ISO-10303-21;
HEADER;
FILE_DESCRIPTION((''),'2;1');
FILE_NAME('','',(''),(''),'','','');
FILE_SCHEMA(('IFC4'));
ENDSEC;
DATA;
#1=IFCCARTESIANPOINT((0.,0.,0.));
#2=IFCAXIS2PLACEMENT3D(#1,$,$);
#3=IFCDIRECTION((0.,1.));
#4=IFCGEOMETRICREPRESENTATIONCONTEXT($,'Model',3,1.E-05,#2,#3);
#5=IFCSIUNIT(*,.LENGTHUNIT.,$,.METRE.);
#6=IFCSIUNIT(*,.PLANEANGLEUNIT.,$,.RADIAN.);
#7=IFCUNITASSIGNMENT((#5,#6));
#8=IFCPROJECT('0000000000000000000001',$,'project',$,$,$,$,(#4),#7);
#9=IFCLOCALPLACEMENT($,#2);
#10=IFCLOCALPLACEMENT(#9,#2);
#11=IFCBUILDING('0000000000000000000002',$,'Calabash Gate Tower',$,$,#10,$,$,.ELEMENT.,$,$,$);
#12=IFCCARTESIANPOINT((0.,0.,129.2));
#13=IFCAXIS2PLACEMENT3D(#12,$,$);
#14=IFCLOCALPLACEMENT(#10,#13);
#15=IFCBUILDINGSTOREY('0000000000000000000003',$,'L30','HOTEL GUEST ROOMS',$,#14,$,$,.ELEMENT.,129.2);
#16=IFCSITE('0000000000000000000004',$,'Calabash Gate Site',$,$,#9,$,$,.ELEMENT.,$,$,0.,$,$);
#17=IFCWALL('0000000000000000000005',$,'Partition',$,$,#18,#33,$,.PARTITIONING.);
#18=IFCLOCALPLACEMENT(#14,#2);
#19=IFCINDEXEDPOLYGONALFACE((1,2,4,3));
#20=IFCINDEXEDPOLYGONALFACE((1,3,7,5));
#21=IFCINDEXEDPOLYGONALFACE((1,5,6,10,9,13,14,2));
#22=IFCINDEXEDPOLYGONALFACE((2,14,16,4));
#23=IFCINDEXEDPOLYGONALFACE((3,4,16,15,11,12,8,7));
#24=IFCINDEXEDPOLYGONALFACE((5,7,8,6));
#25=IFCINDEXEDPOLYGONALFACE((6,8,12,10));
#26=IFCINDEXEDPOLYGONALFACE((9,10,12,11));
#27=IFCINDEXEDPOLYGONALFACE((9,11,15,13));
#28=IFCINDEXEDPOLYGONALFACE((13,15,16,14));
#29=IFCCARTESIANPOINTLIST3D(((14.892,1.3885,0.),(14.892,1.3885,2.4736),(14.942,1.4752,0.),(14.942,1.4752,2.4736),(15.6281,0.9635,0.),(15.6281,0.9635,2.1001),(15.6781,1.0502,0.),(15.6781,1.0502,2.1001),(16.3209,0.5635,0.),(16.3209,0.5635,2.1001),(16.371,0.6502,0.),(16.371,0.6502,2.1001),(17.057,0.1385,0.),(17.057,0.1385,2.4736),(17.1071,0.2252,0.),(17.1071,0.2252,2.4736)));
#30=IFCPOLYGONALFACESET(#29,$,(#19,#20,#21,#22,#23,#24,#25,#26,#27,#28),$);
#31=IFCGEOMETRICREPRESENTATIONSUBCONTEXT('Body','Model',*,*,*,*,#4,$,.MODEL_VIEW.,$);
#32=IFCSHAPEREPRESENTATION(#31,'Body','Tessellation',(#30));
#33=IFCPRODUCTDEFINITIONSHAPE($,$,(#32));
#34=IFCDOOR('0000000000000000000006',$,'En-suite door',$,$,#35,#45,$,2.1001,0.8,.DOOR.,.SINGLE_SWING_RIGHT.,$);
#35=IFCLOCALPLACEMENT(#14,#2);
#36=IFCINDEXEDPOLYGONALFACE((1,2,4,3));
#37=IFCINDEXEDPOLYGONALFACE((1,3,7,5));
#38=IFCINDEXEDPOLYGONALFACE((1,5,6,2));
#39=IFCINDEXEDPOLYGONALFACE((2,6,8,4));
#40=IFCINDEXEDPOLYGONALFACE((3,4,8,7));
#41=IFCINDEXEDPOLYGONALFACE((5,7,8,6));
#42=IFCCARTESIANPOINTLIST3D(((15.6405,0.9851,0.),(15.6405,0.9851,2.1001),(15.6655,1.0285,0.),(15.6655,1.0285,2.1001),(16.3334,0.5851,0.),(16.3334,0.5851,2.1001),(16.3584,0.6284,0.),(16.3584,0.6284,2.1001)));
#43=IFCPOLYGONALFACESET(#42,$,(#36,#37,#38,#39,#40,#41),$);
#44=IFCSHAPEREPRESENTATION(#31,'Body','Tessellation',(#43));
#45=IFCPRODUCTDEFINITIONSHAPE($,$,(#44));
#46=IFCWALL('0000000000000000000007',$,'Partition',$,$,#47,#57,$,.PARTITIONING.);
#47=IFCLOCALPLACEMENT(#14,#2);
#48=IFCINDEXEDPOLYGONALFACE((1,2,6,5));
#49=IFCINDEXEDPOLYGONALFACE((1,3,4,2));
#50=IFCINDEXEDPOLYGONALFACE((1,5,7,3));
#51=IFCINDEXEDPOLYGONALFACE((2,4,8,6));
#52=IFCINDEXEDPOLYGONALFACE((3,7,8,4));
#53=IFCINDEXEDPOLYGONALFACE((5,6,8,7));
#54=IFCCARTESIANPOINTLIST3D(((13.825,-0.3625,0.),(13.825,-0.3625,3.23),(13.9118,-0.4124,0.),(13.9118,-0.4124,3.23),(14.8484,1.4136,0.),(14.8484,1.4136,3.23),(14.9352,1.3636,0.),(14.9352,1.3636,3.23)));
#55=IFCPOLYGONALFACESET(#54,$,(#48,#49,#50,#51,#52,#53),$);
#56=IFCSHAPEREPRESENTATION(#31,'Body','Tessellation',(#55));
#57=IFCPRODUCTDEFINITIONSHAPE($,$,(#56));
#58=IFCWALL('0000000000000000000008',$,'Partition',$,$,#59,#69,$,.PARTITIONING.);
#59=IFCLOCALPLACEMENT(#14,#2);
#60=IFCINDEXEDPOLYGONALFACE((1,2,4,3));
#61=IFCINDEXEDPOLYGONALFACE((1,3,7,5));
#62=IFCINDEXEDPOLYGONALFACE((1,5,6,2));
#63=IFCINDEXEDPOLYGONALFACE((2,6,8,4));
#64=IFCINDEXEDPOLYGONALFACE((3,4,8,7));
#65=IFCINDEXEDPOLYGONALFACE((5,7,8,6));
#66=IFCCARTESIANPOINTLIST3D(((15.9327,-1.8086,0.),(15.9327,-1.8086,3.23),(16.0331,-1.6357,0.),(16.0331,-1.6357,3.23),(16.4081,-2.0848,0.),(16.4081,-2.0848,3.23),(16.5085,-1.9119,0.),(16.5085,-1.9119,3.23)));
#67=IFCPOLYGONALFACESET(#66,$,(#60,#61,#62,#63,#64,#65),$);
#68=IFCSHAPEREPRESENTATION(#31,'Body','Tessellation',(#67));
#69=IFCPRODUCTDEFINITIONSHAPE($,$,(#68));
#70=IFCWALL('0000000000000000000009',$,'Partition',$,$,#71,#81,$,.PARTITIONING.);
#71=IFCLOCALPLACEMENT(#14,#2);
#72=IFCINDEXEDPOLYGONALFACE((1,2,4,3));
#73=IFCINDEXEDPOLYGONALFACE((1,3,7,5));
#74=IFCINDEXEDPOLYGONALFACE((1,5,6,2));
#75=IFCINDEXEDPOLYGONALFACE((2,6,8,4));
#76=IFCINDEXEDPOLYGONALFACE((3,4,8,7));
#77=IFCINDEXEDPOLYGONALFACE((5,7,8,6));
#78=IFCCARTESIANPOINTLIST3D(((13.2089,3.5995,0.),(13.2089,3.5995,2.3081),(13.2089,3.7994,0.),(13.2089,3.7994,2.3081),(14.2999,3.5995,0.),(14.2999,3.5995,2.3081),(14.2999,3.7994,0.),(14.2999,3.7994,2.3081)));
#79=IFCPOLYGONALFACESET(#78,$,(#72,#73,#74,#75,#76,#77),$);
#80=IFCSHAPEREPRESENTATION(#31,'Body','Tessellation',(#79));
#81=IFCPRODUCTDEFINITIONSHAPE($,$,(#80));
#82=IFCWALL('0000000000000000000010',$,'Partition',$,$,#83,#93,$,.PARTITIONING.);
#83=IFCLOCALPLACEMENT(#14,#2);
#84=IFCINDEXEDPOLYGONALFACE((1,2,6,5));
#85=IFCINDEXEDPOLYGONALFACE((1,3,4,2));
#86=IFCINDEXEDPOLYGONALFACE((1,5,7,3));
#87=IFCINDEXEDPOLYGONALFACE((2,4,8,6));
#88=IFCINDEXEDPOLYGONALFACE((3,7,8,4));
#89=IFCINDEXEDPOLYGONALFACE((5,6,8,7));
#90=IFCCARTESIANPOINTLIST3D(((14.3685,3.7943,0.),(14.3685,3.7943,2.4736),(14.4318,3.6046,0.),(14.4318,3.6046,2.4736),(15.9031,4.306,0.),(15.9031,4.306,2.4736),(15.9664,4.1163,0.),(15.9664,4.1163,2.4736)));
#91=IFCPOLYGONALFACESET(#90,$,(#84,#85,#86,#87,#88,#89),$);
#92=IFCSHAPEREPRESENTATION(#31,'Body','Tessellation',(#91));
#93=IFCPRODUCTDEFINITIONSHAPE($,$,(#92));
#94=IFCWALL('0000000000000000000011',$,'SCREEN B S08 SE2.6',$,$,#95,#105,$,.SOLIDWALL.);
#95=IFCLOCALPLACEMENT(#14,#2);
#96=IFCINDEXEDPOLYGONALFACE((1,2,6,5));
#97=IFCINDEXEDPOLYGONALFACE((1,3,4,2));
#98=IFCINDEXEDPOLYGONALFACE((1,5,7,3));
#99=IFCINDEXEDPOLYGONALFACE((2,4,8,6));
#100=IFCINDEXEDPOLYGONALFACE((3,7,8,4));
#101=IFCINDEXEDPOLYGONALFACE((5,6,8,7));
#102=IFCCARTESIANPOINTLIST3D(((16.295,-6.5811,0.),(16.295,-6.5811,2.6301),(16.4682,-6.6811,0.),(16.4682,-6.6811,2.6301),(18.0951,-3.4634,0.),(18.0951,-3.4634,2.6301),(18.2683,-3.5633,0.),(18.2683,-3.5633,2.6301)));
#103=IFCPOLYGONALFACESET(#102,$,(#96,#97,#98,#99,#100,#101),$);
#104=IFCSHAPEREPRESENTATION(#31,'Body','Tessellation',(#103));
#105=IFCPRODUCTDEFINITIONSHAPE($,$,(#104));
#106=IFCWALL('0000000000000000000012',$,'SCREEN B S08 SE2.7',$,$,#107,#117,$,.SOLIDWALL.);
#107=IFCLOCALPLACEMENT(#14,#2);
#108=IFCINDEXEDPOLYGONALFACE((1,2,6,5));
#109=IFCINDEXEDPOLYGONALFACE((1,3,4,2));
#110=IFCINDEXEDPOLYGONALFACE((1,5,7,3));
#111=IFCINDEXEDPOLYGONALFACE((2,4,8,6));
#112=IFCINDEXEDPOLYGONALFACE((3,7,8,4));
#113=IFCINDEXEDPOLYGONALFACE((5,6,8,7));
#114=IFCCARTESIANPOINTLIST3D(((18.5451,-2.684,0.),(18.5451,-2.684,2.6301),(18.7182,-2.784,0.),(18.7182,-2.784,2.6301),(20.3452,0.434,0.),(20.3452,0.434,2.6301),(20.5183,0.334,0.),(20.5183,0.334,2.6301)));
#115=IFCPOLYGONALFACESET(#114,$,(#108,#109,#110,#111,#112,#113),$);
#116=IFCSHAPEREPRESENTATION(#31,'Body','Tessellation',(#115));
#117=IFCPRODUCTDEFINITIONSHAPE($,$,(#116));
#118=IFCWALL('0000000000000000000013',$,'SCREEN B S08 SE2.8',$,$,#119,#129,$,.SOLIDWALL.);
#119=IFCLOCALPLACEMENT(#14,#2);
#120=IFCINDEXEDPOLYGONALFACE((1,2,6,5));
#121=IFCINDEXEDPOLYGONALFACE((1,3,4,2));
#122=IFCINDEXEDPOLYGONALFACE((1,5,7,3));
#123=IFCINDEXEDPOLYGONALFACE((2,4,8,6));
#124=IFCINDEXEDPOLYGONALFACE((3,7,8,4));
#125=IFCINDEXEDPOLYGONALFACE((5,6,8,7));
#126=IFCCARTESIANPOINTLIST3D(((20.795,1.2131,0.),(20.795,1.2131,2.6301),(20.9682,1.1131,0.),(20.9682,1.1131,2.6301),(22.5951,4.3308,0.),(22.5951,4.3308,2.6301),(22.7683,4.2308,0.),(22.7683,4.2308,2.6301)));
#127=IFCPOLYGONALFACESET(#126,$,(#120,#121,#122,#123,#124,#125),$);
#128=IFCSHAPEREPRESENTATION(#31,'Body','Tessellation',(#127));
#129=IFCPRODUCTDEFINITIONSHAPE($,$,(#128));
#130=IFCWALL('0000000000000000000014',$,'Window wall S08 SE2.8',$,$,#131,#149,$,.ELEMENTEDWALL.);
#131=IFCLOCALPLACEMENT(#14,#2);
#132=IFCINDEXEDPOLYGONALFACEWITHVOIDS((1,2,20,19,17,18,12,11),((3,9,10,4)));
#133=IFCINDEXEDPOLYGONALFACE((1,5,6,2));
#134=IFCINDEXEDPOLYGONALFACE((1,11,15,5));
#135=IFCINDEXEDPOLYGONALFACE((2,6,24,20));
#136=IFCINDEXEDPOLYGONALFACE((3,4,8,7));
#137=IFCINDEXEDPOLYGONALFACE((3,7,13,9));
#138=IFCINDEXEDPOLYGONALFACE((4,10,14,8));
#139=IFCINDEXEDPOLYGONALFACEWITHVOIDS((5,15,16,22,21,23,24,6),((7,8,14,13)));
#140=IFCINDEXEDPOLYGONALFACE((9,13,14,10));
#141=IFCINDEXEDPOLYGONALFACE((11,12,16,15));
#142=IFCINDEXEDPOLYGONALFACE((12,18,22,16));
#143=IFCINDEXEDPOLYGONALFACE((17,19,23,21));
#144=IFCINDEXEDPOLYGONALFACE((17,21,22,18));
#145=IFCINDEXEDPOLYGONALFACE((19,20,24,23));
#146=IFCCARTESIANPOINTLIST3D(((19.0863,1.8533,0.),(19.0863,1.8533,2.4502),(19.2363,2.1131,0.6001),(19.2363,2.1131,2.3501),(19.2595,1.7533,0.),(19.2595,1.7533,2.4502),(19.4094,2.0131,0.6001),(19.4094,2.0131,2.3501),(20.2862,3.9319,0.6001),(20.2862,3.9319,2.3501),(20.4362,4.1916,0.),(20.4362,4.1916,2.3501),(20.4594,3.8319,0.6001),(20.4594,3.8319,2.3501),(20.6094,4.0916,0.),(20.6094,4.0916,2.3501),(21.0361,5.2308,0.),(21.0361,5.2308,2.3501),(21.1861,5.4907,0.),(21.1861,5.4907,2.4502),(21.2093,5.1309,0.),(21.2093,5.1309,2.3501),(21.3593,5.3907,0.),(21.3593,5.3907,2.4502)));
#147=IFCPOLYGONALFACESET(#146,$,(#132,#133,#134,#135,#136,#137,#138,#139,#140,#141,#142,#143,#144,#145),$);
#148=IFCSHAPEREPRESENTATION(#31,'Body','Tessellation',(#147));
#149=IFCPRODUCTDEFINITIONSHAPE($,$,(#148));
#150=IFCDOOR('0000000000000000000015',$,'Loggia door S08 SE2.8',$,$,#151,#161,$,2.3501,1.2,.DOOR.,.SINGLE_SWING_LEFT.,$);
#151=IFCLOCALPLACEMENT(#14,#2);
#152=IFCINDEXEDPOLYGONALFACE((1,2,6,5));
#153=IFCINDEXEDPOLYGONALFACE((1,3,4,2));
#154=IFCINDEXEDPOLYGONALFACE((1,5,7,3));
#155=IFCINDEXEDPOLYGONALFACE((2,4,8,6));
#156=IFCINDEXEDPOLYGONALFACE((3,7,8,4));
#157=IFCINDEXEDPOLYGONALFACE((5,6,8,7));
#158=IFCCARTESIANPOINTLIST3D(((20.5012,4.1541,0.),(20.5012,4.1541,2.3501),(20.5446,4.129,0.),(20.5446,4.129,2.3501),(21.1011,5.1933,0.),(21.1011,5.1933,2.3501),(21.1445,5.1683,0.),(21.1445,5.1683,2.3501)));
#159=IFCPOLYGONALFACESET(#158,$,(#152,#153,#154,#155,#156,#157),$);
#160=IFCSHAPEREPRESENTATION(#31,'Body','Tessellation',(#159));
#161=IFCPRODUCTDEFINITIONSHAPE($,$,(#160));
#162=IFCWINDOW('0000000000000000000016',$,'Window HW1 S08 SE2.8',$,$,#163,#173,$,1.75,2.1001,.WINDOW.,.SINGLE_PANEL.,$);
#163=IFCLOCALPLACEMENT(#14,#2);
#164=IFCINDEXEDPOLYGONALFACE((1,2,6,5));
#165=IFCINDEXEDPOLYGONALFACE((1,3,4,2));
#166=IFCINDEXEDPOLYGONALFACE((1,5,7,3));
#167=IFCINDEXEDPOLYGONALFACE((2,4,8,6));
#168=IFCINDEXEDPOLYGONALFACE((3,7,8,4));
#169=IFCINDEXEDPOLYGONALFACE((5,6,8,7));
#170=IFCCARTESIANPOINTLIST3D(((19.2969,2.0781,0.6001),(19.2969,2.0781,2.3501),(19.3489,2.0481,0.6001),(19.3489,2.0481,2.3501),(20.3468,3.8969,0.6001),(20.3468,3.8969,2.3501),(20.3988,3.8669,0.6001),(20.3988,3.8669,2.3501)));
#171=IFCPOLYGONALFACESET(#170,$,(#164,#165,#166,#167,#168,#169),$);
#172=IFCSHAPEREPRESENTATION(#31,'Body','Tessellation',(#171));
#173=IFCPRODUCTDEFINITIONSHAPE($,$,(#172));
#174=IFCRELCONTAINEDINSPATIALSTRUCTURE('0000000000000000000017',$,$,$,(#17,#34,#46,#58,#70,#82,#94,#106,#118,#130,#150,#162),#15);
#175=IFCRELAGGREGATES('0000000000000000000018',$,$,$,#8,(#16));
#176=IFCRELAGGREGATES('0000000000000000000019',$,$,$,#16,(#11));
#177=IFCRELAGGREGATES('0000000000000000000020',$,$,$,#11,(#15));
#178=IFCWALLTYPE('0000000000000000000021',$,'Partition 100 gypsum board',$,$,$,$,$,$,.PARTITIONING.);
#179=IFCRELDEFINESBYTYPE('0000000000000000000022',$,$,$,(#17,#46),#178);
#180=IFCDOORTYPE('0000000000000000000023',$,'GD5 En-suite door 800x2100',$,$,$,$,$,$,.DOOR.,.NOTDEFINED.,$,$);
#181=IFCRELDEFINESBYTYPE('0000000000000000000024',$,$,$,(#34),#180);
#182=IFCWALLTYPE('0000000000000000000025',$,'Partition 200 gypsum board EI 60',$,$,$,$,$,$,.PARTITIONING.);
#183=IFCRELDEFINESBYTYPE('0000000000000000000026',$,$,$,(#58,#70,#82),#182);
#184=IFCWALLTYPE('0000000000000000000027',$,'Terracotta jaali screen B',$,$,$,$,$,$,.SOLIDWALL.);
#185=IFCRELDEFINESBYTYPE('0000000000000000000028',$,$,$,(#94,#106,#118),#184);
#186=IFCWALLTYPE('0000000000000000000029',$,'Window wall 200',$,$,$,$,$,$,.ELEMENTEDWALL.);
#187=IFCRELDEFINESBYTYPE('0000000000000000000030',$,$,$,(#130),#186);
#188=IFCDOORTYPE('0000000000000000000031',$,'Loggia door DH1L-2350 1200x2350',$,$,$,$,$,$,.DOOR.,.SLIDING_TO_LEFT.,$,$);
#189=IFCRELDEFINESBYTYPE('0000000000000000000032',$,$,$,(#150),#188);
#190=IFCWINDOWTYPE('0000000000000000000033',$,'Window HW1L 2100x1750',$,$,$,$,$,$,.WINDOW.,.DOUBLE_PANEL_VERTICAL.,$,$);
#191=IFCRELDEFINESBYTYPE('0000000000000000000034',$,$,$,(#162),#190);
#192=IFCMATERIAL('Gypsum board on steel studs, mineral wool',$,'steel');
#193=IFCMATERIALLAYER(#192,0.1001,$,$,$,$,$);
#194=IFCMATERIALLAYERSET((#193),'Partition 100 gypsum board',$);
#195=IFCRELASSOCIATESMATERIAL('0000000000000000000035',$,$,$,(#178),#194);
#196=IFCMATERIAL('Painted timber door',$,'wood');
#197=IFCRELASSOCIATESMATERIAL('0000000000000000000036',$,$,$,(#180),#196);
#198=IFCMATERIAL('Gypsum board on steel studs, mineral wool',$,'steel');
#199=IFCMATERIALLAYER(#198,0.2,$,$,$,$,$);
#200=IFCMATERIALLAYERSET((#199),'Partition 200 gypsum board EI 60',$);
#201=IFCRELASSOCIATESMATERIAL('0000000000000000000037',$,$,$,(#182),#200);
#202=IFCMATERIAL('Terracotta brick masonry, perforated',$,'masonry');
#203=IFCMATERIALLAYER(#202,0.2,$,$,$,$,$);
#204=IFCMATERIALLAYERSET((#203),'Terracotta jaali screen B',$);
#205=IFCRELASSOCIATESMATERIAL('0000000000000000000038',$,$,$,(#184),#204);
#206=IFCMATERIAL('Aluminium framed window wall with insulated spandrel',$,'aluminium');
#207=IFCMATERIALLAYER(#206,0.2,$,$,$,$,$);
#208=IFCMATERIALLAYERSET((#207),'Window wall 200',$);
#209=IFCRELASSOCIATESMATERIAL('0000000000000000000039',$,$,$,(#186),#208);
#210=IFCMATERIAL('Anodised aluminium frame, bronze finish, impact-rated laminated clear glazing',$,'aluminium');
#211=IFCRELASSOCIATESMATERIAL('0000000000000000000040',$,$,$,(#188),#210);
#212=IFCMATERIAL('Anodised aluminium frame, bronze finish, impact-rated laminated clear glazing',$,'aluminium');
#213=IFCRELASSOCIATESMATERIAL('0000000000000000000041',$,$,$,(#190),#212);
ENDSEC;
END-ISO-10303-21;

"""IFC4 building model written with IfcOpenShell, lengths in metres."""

from ifc_helpers import new_model, si_unit, direction, frame, frame_2d, origin, place, context, subcontext, project, spatial, rectangle, extrude, material, layer, layer_set, type_object, element, fill, save


model = new_model("IFC4")

# Units and contexts
model_context = context("Model", 3, precision=1e-05, world=origin(), true_north=direction((0.0, 1.0)))
body_context = subcontext(model_context, "Body", "Model", "MODEL_VIEW")
ifc_project = project(units=[si_unit("LENGTHUNIT", "METRE"), si_unit("PLANEANGLEUNIT", "RADIAN")], contexts=[model_context])

# Site, building, storey
site_placement = place(None, origin())
site = spatial("IfcSite", under=ifc_project, at=site_placement, Name="Calabash Gate Site", CompositionType="ELEMENT", RefElevation=0.0)
building_placement = place(site_placement, origin())
building = spatial("IfcBuilding", under=site, at=building_placement, Name="Calabash Gate Tower", CompositionType="ELEMENT")
storey_placement = place(building_placement, frame((0.0, 0.0, 129.2)))
storey = spatial("IfcBuildingStorey", under=building, at=storey_placement, Name="L30", Description="HOTEL GUEST ROOMS", CompositionType="ELEMENT", Elevation=129.2)

# Shared definitions
ifc_material_1 = material(Name="Gypsum board on steel studs, mineral wool", Category="steel")
ifc_layer_1 = layer(ifc_material_1, 0.1001)
ifc_layer_set_1 = layer_set([ifc_layer_1], Name="Partition 100 gypsum board")
wall_type_1 = type_object("IfcWallType", Name="Partition 100 gypsum board", PredefinedType="PARTITIONING", material=ifc_layer_set_1)

# Wall, opening, door
wall_1_placement = place(storey_placement, frame((14.917, 1.4319, 0.0), z_axis=(0.0, 0.0, 1.0), x_axis=(0.866023, -0.500004, 0.0)))
wall_1 = element("IfcWall", 1, at=wall_1_placement, inside=storey, type_object=wall_type_1, Name="Partition", PredefinedType="PARTITIONING", context=body_context, shape_type="SweptSolid", body=[
    extrude(rectangle(XDim=2.5, YDim=0.1001, at=frame_2d((1.25, 0.0))), origin(), (0.0, 0.0, 1.0), 2.4736),
])
opening_1_placement = place(wall_1_placement, frame((0.8501, 0.0, 0.0)))
opening_1 = element("IfcOpeningElement", 2, at=opening_1_placement, cuts=wall_1, PredefinedType="OPENING", context=body_context, shape_type="SweptSolid", body=[
    extrude(rectangle(XDim=0.8, YDim=2.1001, at=frame_2d((0.3999, 1.05))), frame((0.0, 0.0601, 0.0), z_axis=(0.0, -1.0, 0.0), x_axis=(1.0, 0.0, 0.0)), (0.0, 0.0, 1.0), 0.1201),
])
ifc_material_2 = material(Name="Painted timber door", Category="wood")
door_type_1 = type_object("IfcDoorType", Name="GD5 En-suite door 800x2100", OperationType="NOTDEFINED", PredefinedType="DOOR", material=ifc_material_2)
door_1_placement = place(opening_1_placement, origin())
door_1 = element("IfcDoor", 3, at=door_1_placement, inside=storey, type_object=door_type_1, Name="En-suite door", OperationType="SINGLE_SWING_RIGHT", OverallHeight=2.1001, OverallWidth=0.8, PredefinedType="DOOR", context=body_context, shape_type="SweptSolid", body=[
    extrude(rectangle(XDim=0.8, YDim=2.1001, at=frame_2d((0.3999, 1.05))), frame((0.0, 0.0249, 0.0), z_axis=(0.0, -1.0, 0.0), x_axis=(1.0, 0.0, 0.0)), (0.0, 0.0, 1.0), 0.05),
])
fill(opening_1, door_1)

# Walls
wall_2_placement = place(storey_placement, frame((13.8684, -0.3875, 0.0), z_axis=(0.0, 0.0, 1.0), x_axis=(0.499265, 0.866449, 0.0)))
element("IfcWall", 4, at=wall_2_placement, inside=storey, type_object=wall_type_1, Name="Partition", PredefinedType="PARTITIONING", context=body_context, shape_type="SweptSolid", body=[
    extrude(rectangle(XDim=2.0498, YDim=0.1001, at=frame_2d((1.0249, 0.0))), origin(), (0.0, 0.0, 1.0), 3.23),
])
ifc_material_3 = material(Name="Gypsum board on steel studs, mineral wool", Category="steel")
ifc_layer_2 = layer(ifc_material_3, 0.2)
ifc_layer_set_2 = layer_set([ifc_layer_2], Name="Partition 200 gypsum board EI 60")
wall_type_2 = type_object("IfcWallType", Name="Partition 200 gypsum board EI 60", PredefinedType="PARTITIONING", material=ifc_layer_set_2)
wall_3_placement = place(storey_placement, frame((15.9829, -1.7222, 0.0), z_axis=(0.0, 0.0, 1.0), x_axis=(0.864696, -0.502296, 0.0)))
element("IfcWall", 5, at=wall_3_placement, inside=storey, type_object=wall_type_2, Name="Partition", PredefinedType="PARTITIONING", context=body_context, shape_type="SweptSolid", body=[
    extrude(rectangle(XDim=0.5498, YDim=0.2, at=frame_2d((0.2749, 0.0))), origin(), (0.0, 0.0, 1.0), 3.23),
])
wall_4_placement = place(storey_placement, frame((13.209, 3.6995, 0.0), z_axis=(0.0, 0.0, 1.0), x_axis=(1.0, 0.0, 0.0)))
element("IfcWall", 6, at=wall_4_placement, inside=storey, type_object=wall_type_2, Name="Partition", PredefinedType="PARTITIONING", context=body_context, shape_type="SweptSolid", body=[
    extrude(rectangle(XDim=1.0911, YDim=0.2, at=frame_2d((0.5454, 0.0))), origin(), (0.0, 0.0, 1.0), 2.3081),
])
wall_5_placement = place(storey_placement, frame((14.4001, 3.6995, 0.0), z_axis=(0.0, 0.0, 1.0), x_axis=(0.948653, 0.316318, 0.0)))
element("IfcWall", 7, at=wall_5_placement, inside=storey, type_object=wall_type_2, Name="Partition", PredefinedType="PARTITIONING", context=body_context, shape_type="SweptSolid", body=[
    extrude(rectangle(XDim=1.6177, YDim=0.2, at=frame_2d((0.8088, 0.0))), origin(), (0.0, 0.0, 1.0), 2.4736),
])
ifc_material_4 = material(Name="Terracotta brick masonry, perforated", Category="masonry")
ifc_layer_3 = layer(ifc_material_4, 0.2)
ifc_layer_set_3 = layer_set([ifc_layer_3], Name="Terracotta jaali screen B")
wall_type_3 = type_object("IfcWallType", Name="Terracotta jaali screen B", PredefinedType="SOLIDWALL", material=ifc_layer_set_3)
wall_6_placement = place(storey_placement, frame((16.3816, -6.6311, 0.0), z_axis=(0.0, 0.0, 1.0), x_axis=(0.500012, 0.866018, 0.0)))
element("IfcWall", 8, at=wall_6_placement, inside=storey, type_object=wall_type_3, Name="SCREEN B S08 SE2.6", PredefinedType="SOLIDWALL", context=body_context, shape_type="SweptSolid", body=[
    extrude(rectangle(XDim=3.6001, YDim=0.2, at=frame_2d((1.8, 0.0))), origin(), (0.0, 0.0, 1.0), 2.6301),
])
wall_7_placement = place(storey_placement, frame((18.6316, -2.7341, 0.0), z_axis=(0.0, 0.0, 1.0), x_axis=(0.499983, 0.866035, 0.0)))
element("IfcWall", 9, at=wall_7_placement, inside=storey, type_object=wall_type_3, Name="SCREEN B S08 SE2.7", PredefinedType="SOLIDWALL", context=body_context, shape_type="SweptSolid", body=[
    extrude(rectangle(XDim=3.6003, YDim=0.2, at=frame_2d((1.8003, 0.0))), origin(), (0.0, 0.0, 1.0), 2.6301),
])
wall_8_placement = place(storey_placement, frame((20.8816, 1.1631, 0.0), z_axis=(0.0, 0.0, 1.0), x_axis=(0.500012, 0.866018, 0.0)))
element("IfcWall", 10, at=wall_8_placement, inside=storey, type_object=wall_type_3, Name="SCREEN B S08 SE2.8", PredefinedType="SOLIDWALL", context=body_context, shape_type="SweptSolid", body=[
    extrude(rectangle(XDim=3.6001, YDim=0.2, at=frame_2d((1.8, 0.0))), origin(), (0.0, 0.0, 1.0), 2.6301),
])

# Wall, openings, door, window
ifc_material_5 = material(Name="Aluminium framed window wall with insulated spandrel", Category="aluminium")
ifc_layer_4 = layer(ifc_material_5, 0.2)
ifc_layer_set_4 = layer_set([ifc_layer_4], Name="Window wall 200")
wall_type_4 = type_object("IfcWallType", Name="Window wall 200", PredefinedType="ELEMENTEDWALL", material=ifc_layer_set_4)
wall_9_placement = place(storey_placement, frame((19.1729, 1.8032, 0.0), z_axis=(0.0, 0.0, 1.0), x_axis=(0.499959, 0.866049, 0.0)))
wall_9 = element("IfcWall", 11, at=wall_9_placement, inside=storey, type_object=wall_type_4, Name="Window wall S08 SE2.8", PredefinedType="ELEMENTEDWALL", context=body_context, shape_type="SweptSolid", body=[
    extrude(rectangle(XDim=4.2, YDim=0.2, at=frame_2d((2.1001, 0.0))), origin(), (0.0, 0.0, 1.0), 2.4502),
])
opening_2_placement = place(wall_9_placement, frame((0.3, 0.0, 0.6001)))
opening_2 = element("IfcOpeningElement", 12, at=opening_2_placement, cuts=wall_9, PredefinedType="OPENING", context=body_context, shape_type="SweptSolid", body=[
    extrude(rectangle(XDim=2.1001, YDim=1.75, at=frame_2d((1.05, 0.875))), frame((0.0, 0.1099, 0.0), z_axis=(0.0, -1.0, 0.0), x_axis=(1.0, 0.0, 0.0)), (0.0, 0.0, 1.0), 0.22),
])
opening_3_placement = place(wall_9_placement, frame((2.7, 0.0, 0.0)))
opening_3 = element("IfcOpeningElement", 13, at=opening_3_placement, cuts=wall_9, PredefinedType="OPENING", context=body_context, shape_type="SweptSolid", body=[
    extrude(rectangle(XDim=1.2, YDim=2.3501, at=frame_2d((0.6001, 1.175))), frame((0.0, 0.1099, 0.0), z_axis=(0.0, -1.0, 0.0), x_axis=(1.0, 0.0, 0.0)), (0.0, 0.0, 1.0), 0.22),
])
ifc_material_6 = material(Name="Anodised aluminium frame, bronze finish, impact-rated laminated clear glazing", Category="aluminium")
door_type_2 = type_object("IfcDoorType", Name="Loggia door DH1L-2350 1200x2350", OperationType="SLIDING_TO_LEFT", PredefinedType="DOOR", material=ifc_material_6)
door_2_placement = place(opening_3_placement, origin())
door_2 = element("IfcDoor", 14, at=door_2_placement, inside=storey, type_object=door_type_2, Name="Loggia door S08 SE2.8", OperationType="SINGLE_SWING_LEFT", OverallHeight=2.3501, OverallWidth=1.2, PredefinedType="DOOR", context=body_context, shape_type="SweptSolid", body=[
    extrude(rectangle(XDim=1.2, YDim=2.3501, at=frame_2d((0.6001, 1.175))), frame((0.0, 0.0249, 0.0), z_axis=(0.0, -1.0, 0.0), x_axis=(1.0, 0.0, 0.0)), (0.0, 0.0, 1.0), 0.05),
])
fill(opening_3, door_2)
ifc_material_7 = material(Name="Anodised aluminium frame, bronze finish, impact-rated laminated clear glazing", Category="aluminium")
window_type_1 = type_object("IfcWindowType", Name="Window HW1L 2100x1750", PartitioningType="DOUBLE_PANEL_VERTICAL", PredefinedType="WINDOW", material=ifc_material_7)
window_1_placement = place(opening_2_placement, origin())
window_1 = element("IfcWindow", 15, at=window_1_placement, inside=storey, type_object=window_type_1, Name="Window HW1 S08 SE2.8", OverallHeight=1.75, OverallWidth=2.1001, PartitioningType="SINGLE_PANEL", PredefinedType="WINDOW", context=body_context, shape_type="SweptSolid", body=[
    extrude(rectangle(XDim=2.1001, YDim=1.75, at=frame_2d((1.05, 0.875))), frame((0.0, 0.03, 0.0), z_axis=(0.0, -1.0, 0.0), x_axis=(1.0, 0.0, 0.0)), (0.0, 0.0, 1.0), 0.0601),
])
fill(opening_2, window_1)

save(model, "model.ifc")
